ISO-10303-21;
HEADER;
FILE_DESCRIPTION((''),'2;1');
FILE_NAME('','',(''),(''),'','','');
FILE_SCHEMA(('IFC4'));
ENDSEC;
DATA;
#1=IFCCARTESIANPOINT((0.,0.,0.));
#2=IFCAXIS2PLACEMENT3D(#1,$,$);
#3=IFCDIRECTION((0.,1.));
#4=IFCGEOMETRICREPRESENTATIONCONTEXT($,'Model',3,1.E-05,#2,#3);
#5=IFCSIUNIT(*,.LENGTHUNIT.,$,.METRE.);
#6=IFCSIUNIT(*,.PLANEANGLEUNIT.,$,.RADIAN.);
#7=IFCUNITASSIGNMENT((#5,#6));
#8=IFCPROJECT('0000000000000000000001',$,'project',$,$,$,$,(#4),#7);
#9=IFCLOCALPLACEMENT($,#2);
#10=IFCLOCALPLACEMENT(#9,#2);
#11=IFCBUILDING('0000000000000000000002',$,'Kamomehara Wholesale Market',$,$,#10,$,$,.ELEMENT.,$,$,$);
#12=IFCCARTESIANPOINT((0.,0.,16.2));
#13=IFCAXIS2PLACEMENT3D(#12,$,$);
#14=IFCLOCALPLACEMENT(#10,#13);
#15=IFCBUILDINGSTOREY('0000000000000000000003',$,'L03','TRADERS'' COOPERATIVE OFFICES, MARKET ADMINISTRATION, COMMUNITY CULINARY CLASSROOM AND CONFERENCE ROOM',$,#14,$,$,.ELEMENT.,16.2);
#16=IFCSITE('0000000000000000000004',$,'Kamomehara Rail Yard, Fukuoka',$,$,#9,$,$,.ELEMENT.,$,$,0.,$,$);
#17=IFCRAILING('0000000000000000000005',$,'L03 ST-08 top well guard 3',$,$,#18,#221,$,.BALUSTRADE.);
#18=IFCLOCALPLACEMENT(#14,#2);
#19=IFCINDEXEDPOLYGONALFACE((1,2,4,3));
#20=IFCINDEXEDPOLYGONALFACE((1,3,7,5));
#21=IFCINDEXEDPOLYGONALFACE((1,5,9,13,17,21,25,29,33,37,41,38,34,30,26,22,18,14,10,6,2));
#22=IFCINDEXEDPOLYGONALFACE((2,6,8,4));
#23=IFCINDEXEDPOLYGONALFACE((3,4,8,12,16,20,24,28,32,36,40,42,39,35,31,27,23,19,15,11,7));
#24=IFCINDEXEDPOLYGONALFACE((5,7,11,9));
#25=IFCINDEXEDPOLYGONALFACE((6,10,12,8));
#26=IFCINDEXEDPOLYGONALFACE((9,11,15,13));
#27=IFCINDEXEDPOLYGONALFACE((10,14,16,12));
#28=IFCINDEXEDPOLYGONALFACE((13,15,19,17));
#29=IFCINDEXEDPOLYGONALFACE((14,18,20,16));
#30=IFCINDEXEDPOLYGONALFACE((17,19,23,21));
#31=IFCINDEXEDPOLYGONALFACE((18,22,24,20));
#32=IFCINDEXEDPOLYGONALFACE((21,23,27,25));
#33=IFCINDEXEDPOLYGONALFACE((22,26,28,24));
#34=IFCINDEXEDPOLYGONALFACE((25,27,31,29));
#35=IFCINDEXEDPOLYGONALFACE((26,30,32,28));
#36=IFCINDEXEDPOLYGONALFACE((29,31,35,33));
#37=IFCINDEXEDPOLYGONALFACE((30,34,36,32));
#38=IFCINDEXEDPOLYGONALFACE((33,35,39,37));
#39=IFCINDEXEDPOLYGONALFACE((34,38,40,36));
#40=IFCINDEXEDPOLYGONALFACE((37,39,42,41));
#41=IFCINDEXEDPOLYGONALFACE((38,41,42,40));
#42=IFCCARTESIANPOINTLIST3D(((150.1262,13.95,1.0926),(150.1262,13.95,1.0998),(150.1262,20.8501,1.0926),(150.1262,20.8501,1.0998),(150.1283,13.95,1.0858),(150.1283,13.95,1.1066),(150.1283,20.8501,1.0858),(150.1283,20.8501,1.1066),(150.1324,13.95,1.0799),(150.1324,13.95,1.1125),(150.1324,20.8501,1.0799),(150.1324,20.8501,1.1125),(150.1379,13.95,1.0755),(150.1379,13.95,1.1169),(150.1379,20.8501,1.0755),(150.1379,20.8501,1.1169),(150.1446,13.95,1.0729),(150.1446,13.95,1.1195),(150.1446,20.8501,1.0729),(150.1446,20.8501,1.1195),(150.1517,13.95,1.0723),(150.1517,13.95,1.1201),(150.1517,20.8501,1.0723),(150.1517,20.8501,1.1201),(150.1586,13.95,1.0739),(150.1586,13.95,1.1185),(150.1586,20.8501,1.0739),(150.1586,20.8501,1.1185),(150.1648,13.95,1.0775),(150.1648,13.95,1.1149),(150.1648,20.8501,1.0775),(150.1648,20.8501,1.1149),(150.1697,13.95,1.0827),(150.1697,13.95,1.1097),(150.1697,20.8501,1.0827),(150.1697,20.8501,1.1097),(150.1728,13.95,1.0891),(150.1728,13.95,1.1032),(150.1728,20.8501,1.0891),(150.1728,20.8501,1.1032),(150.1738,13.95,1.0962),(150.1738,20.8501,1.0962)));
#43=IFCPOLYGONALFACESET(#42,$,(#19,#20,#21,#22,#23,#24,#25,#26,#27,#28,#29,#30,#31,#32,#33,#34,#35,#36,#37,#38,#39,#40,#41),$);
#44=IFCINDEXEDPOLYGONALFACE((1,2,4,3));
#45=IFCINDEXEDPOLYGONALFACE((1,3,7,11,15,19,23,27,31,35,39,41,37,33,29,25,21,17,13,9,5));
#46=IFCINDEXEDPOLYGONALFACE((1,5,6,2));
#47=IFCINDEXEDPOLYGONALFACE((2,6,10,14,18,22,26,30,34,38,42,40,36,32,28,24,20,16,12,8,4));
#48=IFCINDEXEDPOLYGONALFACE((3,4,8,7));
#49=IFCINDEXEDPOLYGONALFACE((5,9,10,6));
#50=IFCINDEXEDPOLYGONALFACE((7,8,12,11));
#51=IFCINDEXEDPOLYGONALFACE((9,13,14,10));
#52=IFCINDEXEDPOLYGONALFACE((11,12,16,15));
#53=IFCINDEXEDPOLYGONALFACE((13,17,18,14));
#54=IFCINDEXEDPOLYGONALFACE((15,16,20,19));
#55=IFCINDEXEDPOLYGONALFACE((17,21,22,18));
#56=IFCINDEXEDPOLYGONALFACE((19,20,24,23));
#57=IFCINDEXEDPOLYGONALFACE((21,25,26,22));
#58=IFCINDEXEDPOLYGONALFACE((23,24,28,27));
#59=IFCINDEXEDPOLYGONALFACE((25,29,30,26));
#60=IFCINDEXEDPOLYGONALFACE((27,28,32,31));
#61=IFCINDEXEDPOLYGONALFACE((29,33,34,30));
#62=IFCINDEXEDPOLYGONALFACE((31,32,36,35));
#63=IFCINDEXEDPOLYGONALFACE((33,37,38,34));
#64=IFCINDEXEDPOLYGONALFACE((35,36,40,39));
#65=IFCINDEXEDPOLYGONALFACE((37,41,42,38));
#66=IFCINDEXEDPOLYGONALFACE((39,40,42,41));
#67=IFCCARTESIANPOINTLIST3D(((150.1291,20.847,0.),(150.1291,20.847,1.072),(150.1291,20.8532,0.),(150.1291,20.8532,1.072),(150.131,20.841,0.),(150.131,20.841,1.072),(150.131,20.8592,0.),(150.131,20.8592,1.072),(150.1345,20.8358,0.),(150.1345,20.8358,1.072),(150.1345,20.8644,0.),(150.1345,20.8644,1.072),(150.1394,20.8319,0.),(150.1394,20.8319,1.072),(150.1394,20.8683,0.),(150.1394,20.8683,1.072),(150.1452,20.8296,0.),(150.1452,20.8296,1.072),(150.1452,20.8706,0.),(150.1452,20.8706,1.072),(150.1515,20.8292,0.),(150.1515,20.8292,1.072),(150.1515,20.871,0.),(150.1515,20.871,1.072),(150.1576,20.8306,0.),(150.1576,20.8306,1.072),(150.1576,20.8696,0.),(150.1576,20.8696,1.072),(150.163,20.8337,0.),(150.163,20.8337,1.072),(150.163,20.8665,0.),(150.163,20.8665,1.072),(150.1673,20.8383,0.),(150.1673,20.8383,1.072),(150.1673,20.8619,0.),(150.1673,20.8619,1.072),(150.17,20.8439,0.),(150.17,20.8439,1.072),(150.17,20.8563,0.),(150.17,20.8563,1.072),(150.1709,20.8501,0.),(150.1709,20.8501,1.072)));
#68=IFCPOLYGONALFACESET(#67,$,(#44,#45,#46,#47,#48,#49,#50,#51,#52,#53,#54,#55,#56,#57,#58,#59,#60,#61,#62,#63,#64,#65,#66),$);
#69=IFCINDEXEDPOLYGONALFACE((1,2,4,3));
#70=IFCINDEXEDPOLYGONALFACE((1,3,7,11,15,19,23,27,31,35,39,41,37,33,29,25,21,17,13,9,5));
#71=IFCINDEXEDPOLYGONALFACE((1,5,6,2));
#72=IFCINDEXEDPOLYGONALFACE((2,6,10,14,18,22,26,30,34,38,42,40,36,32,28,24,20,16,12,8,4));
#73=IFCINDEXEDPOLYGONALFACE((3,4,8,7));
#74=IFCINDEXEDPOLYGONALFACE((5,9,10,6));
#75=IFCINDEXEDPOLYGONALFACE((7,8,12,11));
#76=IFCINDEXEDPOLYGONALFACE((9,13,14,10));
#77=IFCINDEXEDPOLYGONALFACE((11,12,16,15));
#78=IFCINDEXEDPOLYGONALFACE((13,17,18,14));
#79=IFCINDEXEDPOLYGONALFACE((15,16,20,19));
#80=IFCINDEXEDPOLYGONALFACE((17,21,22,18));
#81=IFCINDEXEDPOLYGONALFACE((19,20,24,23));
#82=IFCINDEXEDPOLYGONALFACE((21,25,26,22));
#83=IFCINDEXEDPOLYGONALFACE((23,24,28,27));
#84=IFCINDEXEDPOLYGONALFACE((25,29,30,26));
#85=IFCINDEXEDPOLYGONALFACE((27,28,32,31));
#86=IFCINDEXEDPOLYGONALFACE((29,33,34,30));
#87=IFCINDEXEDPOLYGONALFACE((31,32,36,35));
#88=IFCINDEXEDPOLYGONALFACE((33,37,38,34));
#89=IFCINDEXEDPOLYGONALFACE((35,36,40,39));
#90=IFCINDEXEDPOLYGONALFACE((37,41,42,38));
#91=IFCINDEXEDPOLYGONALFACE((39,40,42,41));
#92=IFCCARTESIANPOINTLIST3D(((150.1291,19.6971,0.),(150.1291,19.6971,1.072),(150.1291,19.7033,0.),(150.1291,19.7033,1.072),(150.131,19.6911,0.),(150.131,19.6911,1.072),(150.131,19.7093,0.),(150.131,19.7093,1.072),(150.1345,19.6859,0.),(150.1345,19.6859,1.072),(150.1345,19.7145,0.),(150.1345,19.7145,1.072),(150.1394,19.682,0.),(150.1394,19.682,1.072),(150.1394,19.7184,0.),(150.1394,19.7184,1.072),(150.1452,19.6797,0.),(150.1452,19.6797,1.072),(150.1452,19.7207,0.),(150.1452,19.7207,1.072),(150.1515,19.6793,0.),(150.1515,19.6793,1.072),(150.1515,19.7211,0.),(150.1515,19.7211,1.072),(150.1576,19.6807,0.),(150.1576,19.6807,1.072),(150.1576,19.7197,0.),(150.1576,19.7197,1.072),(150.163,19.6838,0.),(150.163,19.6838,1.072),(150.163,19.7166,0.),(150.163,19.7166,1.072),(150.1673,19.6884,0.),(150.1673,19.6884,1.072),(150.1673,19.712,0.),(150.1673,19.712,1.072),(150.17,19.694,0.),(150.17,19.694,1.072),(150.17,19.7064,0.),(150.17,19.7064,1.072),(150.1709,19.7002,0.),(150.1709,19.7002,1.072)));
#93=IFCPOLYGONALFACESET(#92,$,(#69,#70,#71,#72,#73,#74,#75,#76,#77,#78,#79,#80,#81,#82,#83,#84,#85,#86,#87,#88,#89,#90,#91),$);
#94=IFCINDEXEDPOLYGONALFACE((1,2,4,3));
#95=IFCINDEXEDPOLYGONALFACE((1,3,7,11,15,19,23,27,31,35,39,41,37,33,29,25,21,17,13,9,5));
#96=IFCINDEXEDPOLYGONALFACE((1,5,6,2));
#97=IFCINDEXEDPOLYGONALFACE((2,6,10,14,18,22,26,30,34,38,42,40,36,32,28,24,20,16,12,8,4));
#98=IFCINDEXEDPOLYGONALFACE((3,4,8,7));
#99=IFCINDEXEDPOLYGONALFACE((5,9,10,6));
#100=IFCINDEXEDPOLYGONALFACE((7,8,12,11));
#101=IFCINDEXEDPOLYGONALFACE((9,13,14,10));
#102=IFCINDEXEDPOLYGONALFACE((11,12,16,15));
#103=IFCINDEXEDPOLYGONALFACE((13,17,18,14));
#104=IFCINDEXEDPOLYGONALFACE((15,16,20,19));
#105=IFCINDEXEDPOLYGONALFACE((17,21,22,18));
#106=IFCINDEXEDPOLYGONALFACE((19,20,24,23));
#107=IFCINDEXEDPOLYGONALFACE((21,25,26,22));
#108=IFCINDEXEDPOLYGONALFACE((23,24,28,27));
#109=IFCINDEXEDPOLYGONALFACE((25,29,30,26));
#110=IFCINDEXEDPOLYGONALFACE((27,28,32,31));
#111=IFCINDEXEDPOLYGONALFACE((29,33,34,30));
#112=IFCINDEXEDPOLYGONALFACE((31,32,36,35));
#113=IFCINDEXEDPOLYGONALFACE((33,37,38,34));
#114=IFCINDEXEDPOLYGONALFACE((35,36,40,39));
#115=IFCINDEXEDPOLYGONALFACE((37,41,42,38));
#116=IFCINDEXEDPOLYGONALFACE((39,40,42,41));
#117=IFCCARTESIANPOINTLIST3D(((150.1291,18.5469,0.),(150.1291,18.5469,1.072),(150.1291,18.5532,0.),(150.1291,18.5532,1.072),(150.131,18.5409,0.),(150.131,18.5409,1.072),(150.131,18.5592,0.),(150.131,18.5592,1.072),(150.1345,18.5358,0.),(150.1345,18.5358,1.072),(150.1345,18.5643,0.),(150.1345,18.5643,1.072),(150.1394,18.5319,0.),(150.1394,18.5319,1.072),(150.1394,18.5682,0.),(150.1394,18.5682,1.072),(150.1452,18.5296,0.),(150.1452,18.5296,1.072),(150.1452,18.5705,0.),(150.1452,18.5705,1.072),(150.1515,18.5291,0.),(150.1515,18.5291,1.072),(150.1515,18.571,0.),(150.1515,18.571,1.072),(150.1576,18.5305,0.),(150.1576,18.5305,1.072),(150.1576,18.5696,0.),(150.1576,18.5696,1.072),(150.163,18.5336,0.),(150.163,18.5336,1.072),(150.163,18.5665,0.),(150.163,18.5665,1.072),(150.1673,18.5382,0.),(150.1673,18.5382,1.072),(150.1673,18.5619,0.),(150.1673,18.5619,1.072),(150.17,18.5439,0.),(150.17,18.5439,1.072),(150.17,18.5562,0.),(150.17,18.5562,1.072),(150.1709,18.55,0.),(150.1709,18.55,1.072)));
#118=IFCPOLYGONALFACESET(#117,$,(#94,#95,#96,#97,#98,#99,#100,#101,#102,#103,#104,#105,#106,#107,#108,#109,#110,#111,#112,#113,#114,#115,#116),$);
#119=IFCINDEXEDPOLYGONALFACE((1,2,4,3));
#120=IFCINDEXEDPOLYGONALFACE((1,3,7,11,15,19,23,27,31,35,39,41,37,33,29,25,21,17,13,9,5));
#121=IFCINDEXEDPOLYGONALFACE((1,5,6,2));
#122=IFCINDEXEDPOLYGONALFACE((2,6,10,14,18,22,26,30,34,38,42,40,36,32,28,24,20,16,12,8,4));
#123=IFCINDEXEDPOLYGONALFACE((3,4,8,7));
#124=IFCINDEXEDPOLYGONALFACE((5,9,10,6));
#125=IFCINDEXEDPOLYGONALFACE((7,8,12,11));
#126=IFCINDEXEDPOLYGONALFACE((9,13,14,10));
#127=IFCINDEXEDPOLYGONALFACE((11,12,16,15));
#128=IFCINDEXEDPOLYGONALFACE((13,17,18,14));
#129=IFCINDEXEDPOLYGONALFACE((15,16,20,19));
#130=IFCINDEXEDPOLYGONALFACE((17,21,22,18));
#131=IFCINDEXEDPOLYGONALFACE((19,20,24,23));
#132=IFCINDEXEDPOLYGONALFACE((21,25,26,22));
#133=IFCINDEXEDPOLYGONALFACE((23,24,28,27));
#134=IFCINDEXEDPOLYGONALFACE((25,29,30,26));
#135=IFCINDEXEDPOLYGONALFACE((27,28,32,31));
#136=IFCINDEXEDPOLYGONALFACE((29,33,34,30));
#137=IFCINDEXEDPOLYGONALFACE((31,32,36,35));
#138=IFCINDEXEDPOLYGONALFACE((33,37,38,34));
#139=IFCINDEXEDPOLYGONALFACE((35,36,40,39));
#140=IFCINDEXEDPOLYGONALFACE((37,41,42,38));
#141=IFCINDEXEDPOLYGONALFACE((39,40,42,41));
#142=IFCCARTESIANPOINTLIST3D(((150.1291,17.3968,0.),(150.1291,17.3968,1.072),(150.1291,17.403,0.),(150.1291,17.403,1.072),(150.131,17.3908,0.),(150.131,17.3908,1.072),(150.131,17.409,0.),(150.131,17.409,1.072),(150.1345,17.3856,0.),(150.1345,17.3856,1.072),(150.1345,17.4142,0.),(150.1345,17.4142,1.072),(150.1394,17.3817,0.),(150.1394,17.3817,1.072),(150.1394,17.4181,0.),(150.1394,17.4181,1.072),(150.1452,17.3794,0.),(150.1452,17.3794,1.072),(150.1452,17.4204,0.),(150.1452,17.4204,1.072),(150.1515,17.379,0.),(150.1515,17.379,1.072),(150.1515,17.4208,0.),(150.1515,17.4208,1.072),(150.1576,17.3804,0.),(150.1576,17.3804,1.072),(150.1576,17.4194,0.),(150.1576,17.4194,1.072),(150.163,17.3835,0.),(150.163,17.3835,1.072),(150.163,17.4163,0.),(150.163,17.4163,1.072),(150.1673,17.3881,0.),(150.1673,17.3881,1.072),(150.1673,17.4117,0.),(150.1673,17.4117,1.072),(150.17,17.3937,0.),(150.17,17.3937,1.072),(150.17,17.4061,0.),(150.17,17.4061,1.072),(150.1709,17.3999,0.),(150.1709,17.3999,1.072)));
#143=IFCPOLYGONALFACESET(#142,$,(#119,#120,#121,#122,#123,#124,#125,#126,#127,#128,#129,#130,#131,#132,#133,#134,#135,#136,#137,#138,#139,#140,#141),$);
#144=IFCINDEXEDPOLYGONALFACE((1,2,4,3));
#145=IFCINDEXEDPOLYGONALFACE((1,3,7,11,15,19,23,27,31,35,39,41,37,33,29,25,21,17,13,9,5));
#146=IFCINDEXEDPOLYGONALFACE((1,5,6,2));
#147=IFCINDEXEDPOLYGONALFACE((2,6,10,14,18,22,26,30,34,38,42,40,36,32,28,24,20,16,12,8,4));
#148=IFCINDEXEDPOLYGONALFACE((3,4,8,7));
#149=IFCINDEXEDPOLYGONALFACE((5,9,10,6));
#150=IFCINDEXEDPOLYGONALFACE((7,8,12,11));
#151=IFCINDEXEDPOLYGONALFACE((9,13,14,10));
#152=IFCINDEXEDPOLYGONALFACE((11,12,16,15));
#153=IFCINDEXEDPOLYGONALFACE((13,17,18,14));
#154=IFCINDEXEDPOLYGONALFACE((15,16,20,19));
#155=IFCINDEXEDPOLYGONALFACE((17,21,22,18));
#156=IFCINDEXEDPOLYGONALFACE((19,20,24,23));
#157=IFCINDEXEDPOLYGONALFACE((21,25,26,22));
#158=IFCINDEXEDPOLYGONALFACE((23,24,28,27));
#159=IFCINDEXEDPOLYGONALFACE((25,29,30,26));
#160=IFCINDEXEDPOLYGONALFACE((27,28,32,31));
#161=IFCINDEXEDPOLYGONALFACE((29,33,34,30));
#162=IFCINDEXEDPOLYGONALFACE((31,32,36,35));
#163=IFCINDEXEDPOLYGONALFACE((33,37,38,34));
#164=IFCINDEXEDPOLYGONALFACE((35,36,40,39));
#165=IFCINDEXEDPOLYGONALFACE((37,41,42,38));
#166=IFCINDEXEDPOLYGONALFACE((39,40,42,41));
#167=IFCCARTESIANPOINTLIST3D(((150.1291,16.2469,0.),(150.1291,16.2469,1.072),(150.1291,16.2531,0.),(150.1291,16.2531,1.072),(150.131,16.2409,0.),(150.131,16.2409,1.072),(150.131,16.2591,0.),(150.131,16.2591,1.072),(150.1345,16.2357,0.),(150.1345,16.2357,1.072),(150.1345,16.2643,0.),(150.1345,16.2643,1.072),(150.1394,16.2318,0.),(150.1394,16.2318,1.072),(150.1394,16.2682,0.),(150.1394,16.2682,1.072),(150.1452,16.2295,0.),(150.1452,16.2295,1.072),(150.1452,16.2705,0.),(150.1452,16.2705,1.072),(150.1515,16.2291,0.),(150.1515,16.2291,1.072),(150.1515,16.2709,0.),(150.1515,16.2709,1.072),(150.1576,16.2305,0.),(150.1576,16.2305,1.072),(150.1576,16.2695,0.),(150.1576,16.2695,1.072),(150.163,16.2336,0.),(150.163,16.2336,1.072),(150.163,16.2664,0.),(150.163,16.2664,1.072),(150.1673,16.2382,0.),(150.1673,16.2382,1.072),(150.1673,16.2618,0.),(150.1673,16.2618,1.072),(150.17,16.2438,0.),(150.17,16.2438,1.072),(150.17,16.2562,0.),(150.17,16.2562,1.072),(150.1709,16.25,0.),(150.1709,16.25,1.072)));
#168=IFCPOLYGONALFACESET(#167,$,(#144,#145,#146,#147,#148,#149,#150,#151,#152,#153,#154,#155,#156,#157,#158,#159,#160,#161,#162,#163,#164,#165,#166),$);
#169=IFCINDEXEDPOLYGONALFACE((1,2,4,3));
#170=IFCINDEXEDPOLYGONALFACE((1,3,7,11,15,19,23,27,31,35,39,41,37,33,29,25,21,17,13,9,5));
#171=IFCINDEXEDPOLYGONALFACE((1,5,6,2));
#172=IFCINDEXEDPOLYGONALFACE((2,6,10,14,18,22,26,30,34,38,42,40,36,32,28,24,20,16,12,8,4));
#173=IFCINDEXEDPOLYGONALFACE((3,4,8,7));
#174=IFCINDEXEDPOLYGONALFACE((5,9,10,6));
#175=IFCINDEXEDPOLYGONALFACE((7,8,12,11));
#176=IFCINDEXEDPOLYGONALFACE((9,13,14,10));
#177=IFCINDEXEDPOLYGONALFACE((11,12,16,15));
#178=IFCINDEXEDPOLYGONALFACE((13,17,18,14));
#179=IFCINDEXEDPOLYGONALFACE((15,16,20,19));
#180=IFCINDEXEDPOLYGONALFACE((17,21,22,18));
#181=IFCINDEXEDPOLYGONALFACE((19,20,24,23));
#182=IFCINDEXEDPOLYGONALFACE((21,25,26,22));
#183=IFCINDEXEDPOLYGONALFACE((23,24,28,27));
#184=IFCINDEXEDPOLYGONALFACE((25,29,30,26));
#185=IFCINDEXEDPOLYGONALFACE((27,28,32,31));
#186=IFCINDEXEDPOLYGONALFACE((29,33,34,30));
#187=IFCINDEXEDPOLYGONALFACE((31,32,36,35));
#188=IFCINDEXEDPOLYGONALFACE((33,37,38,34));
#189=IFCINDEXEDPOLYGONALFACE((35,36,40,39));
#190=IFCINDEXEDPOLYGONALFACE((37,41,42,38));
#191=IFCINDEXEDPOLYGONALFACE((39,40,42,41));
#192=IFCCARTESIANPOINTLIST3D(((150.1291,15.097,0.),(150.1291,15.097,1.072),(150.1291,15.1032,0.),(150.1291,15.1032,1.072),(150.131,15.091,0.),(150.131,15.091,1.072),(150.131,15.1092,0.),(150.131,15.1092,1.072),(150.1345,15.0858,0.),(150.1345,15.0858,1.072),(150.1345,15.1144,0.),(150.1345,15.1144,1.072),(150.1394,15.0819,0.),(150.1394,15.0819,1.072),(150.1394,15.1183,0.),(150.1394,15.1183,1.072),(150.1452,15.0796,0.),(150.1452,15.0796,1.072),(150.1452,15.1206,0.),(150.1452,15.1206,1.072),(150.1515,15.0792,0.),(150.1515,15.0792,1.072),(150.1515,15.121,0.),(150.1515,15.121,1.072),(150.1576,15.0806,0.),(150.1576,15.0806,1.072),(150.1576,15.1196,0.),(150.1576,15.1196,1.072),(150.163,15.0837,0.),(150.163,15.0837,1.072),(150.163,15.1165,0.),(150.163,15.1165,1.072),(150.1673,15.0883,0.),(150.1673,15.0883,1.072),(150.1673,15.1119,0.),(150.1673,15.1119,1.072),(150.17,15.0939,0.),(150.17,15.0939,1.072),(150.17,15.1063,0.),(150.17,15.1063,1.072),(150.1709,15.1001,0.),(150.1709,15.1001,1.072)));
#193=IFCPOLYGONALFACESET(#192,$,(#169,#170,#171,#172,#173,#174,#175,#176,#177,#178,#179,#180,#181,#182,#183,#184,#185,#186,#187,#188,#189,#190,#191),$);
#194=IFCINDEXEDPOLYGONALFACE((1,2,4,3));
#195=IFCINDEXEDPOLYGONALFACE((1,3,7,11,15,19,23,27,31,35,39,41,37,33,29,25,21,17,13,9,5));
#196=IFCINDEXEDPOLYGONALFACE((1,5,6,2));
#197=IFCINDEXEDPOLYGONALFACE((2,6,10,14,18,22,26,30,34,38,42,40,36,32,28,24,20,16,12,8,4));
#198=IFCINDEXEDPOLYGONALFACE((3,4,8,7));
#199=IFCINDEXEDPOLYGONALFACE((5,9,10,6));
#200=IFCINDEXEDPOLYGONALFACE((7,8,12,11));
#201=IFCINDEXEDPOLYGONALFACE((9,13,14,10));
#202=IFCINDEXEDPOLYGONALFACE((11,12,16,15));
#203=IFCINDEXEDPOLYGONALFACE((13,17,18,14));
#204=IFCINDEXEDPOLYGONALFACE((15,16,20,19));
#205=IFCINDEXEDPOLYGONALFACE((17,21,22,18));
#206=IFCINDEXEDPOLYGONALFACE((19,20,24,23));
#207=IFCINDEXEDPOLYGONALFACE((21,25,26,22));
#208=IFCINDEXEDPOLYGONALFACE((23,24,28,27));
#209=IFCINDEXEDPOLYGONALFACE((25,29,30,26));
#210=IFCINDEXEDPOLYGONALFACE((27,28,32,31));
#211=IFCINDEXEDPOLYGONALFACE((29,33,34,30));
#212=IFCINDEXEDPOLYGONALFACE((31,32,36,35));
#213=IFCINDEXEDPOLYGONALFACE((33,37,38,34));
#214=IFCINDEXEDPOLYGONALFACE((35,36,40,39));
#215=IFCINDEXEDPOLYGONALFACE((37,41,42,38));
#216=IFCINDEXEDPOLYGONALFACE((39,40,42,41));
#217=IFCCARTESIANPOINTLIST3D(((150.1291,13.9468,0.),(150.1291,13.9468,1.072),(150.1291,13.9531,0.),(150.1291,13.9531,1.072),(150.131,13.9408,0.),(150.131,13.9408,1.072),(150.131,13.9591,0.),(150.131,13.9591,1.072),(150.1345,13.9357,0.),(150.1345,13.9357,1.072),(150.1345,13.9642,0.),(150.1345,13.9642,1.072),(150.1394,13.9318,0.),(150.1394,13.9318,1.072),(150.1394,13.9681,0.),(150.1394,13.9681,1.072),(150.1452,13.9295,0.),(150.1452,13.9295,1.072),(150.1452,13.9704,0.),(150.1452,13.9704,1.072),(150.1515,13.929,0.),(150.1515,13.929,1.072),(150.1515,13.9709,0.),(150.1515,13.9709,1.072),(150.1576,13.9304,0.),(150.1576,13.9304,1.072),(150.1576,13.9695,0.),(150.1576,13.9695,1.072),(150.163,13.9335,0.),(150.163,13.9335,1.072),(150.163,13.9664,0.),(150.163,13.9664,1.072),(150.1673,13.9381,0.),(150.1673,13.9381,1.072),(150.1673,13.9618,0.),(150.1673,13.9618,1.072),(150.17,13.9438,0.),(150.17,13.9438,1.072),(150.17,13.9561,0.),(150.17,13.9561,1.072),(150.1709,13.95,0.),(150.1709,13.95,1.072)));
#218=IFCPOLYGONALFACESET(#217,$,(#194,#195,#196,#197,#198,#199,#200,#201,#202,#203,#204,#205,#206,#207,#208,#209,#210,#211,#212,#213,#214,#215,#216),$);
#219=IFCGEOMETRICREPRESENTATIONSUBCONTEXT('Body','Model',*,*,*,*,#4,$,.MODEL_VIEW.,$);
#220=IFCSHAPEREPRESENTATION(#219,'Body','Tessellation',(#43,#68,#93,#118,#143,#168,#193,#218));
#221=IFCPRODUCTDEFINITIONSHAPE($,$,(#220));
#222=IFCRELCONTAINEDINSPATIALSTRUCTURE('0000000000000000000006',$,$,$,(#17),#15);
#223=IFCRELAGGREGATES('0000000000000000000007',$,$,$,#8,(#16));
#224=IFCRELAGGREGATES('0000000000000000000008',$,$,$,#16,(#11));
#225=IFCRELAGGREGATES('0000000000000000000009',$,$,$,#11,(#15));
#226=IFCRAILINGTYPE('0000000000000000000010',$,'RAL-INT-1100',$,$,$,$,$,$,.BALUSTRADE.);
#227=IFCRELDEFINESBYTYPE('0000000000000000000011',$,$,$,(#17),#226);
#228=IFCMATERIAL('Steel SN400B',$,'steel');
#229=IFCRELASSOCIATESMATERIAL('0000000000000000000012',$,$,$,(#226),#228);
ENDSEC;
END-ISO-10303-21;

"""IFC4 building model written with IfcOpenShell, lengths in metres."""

from ifc_helpers import new_model, si_unit, direction, frame, origin, origin_2d, place, context, subcontext, project, spatial, circle, extrude, material, type_object, element, save


model = new_model("IFC4")

# Units and contexts
model_context = context("Model", 3, precision=1e-05, world=origin(), true_north=direction((0.0, 1.0)))
body_context = subcontext(model_context, "Body", "Model", "MODEL_VIEW")
ifc_project = project(units=[si_unit("LENGTHUNIT", "METRE"), si_unit("PLANEANGLEUNIT", "RADIAN")], contexts=[model_context])

# Site, building, storey
site_placement = place(None, origin())
site = spatial("IfcSite", under=ifc_project, at=site_placement, Name="Kamomehara Rail Yard, Fukuoka", CompositionType="ELEMENT", RefElevation=0.0)
building_placement = place(site_placement, origin())
building = spatial("IfcBuilding", under=site, at=building_placement, Name="Kamomehara Wholesale Market", CompositionType="ELEMENT")
storey_placement = place(building_placement, frame((0.0, 0.0, 16.2)))
storey = spatial("IfcBuildingStorey", under=building, at=storey_placement, Name="L03", Description="TRADERS' COOPERATIVE OFFICES, MARKET ADMINISTRATION, COMMUNITY CULINARY CLASSROOM AND CONFERENCE ROOM", CompositionType="ELEMENT", Elevation=16.2)

# Railing
ifc_material_1 = material(Name="Steel SN400B", Category="steel")
railing_type = type_object("IfcRailingType", Name="RAL-INT-1100", PredefinedType="BALUSTRADE", material=ifc_material_1)
railing_1_placement = place(storey_placement, frame((150.1499, 20.8501, 0.0)))
element("IfcRailing", 1, at=railing_1_placement, inside=storey, type_object=railing_type, Name="L03 ST-08 top well guard 3", PredefinedType="BALUSTRADE", context=body_context, shape_type="SweptSolid", body=[
    extrude(circle(Radius=0.0239, at=origin_2d()), frame((0.0, 0.0, 1.0962), z_axis=(0.0, -1.0, 0.0), x_axis=(1.0, 0.0, 0.0)), (0.0, 0.0, 1.0), 6.9001),
    extrude(circle(Radius=0.021, at=origin_2d()), origin(), (0.0, 0.0, 1.0), 1.072),
    extrude(circle(Radius=0.021, at=origin_2d()), frame((0.0, -1.1499, 0.0)), (0.0, 0.0, 1.0), 1.072),
    extrude(circle(Radius=0.021, at=origin_2d()), frame((0.0, -2.3, 0.0)), (0.0, 0.0, 1.0), 1.072),
    extrude(circle(Radius=0.021, at=origin_2d()), frame((0.0, -3.4502, 0.0)), (0.0, 0.0, 1.0), 1.072),
    extrude(circle(Radius=0.021, at=origin_2d()), frame((0.0, -4.6001, 0.0)), (0.0, 0.0, 1.0), 1.072),
    extrude(circle(Radius=0.021, at=origin_2d()), frame((0.0, -5.75, 0.0)), (0.0, 0.0, 1.0), 1.072),
    extrude(circle(Radius=0.021, at=origin_2d()), frame((0.0, -6.9001, 0.0)), (0.0, 0.0, 1.0), 1.072),
])

save(model, "model.ifc")
